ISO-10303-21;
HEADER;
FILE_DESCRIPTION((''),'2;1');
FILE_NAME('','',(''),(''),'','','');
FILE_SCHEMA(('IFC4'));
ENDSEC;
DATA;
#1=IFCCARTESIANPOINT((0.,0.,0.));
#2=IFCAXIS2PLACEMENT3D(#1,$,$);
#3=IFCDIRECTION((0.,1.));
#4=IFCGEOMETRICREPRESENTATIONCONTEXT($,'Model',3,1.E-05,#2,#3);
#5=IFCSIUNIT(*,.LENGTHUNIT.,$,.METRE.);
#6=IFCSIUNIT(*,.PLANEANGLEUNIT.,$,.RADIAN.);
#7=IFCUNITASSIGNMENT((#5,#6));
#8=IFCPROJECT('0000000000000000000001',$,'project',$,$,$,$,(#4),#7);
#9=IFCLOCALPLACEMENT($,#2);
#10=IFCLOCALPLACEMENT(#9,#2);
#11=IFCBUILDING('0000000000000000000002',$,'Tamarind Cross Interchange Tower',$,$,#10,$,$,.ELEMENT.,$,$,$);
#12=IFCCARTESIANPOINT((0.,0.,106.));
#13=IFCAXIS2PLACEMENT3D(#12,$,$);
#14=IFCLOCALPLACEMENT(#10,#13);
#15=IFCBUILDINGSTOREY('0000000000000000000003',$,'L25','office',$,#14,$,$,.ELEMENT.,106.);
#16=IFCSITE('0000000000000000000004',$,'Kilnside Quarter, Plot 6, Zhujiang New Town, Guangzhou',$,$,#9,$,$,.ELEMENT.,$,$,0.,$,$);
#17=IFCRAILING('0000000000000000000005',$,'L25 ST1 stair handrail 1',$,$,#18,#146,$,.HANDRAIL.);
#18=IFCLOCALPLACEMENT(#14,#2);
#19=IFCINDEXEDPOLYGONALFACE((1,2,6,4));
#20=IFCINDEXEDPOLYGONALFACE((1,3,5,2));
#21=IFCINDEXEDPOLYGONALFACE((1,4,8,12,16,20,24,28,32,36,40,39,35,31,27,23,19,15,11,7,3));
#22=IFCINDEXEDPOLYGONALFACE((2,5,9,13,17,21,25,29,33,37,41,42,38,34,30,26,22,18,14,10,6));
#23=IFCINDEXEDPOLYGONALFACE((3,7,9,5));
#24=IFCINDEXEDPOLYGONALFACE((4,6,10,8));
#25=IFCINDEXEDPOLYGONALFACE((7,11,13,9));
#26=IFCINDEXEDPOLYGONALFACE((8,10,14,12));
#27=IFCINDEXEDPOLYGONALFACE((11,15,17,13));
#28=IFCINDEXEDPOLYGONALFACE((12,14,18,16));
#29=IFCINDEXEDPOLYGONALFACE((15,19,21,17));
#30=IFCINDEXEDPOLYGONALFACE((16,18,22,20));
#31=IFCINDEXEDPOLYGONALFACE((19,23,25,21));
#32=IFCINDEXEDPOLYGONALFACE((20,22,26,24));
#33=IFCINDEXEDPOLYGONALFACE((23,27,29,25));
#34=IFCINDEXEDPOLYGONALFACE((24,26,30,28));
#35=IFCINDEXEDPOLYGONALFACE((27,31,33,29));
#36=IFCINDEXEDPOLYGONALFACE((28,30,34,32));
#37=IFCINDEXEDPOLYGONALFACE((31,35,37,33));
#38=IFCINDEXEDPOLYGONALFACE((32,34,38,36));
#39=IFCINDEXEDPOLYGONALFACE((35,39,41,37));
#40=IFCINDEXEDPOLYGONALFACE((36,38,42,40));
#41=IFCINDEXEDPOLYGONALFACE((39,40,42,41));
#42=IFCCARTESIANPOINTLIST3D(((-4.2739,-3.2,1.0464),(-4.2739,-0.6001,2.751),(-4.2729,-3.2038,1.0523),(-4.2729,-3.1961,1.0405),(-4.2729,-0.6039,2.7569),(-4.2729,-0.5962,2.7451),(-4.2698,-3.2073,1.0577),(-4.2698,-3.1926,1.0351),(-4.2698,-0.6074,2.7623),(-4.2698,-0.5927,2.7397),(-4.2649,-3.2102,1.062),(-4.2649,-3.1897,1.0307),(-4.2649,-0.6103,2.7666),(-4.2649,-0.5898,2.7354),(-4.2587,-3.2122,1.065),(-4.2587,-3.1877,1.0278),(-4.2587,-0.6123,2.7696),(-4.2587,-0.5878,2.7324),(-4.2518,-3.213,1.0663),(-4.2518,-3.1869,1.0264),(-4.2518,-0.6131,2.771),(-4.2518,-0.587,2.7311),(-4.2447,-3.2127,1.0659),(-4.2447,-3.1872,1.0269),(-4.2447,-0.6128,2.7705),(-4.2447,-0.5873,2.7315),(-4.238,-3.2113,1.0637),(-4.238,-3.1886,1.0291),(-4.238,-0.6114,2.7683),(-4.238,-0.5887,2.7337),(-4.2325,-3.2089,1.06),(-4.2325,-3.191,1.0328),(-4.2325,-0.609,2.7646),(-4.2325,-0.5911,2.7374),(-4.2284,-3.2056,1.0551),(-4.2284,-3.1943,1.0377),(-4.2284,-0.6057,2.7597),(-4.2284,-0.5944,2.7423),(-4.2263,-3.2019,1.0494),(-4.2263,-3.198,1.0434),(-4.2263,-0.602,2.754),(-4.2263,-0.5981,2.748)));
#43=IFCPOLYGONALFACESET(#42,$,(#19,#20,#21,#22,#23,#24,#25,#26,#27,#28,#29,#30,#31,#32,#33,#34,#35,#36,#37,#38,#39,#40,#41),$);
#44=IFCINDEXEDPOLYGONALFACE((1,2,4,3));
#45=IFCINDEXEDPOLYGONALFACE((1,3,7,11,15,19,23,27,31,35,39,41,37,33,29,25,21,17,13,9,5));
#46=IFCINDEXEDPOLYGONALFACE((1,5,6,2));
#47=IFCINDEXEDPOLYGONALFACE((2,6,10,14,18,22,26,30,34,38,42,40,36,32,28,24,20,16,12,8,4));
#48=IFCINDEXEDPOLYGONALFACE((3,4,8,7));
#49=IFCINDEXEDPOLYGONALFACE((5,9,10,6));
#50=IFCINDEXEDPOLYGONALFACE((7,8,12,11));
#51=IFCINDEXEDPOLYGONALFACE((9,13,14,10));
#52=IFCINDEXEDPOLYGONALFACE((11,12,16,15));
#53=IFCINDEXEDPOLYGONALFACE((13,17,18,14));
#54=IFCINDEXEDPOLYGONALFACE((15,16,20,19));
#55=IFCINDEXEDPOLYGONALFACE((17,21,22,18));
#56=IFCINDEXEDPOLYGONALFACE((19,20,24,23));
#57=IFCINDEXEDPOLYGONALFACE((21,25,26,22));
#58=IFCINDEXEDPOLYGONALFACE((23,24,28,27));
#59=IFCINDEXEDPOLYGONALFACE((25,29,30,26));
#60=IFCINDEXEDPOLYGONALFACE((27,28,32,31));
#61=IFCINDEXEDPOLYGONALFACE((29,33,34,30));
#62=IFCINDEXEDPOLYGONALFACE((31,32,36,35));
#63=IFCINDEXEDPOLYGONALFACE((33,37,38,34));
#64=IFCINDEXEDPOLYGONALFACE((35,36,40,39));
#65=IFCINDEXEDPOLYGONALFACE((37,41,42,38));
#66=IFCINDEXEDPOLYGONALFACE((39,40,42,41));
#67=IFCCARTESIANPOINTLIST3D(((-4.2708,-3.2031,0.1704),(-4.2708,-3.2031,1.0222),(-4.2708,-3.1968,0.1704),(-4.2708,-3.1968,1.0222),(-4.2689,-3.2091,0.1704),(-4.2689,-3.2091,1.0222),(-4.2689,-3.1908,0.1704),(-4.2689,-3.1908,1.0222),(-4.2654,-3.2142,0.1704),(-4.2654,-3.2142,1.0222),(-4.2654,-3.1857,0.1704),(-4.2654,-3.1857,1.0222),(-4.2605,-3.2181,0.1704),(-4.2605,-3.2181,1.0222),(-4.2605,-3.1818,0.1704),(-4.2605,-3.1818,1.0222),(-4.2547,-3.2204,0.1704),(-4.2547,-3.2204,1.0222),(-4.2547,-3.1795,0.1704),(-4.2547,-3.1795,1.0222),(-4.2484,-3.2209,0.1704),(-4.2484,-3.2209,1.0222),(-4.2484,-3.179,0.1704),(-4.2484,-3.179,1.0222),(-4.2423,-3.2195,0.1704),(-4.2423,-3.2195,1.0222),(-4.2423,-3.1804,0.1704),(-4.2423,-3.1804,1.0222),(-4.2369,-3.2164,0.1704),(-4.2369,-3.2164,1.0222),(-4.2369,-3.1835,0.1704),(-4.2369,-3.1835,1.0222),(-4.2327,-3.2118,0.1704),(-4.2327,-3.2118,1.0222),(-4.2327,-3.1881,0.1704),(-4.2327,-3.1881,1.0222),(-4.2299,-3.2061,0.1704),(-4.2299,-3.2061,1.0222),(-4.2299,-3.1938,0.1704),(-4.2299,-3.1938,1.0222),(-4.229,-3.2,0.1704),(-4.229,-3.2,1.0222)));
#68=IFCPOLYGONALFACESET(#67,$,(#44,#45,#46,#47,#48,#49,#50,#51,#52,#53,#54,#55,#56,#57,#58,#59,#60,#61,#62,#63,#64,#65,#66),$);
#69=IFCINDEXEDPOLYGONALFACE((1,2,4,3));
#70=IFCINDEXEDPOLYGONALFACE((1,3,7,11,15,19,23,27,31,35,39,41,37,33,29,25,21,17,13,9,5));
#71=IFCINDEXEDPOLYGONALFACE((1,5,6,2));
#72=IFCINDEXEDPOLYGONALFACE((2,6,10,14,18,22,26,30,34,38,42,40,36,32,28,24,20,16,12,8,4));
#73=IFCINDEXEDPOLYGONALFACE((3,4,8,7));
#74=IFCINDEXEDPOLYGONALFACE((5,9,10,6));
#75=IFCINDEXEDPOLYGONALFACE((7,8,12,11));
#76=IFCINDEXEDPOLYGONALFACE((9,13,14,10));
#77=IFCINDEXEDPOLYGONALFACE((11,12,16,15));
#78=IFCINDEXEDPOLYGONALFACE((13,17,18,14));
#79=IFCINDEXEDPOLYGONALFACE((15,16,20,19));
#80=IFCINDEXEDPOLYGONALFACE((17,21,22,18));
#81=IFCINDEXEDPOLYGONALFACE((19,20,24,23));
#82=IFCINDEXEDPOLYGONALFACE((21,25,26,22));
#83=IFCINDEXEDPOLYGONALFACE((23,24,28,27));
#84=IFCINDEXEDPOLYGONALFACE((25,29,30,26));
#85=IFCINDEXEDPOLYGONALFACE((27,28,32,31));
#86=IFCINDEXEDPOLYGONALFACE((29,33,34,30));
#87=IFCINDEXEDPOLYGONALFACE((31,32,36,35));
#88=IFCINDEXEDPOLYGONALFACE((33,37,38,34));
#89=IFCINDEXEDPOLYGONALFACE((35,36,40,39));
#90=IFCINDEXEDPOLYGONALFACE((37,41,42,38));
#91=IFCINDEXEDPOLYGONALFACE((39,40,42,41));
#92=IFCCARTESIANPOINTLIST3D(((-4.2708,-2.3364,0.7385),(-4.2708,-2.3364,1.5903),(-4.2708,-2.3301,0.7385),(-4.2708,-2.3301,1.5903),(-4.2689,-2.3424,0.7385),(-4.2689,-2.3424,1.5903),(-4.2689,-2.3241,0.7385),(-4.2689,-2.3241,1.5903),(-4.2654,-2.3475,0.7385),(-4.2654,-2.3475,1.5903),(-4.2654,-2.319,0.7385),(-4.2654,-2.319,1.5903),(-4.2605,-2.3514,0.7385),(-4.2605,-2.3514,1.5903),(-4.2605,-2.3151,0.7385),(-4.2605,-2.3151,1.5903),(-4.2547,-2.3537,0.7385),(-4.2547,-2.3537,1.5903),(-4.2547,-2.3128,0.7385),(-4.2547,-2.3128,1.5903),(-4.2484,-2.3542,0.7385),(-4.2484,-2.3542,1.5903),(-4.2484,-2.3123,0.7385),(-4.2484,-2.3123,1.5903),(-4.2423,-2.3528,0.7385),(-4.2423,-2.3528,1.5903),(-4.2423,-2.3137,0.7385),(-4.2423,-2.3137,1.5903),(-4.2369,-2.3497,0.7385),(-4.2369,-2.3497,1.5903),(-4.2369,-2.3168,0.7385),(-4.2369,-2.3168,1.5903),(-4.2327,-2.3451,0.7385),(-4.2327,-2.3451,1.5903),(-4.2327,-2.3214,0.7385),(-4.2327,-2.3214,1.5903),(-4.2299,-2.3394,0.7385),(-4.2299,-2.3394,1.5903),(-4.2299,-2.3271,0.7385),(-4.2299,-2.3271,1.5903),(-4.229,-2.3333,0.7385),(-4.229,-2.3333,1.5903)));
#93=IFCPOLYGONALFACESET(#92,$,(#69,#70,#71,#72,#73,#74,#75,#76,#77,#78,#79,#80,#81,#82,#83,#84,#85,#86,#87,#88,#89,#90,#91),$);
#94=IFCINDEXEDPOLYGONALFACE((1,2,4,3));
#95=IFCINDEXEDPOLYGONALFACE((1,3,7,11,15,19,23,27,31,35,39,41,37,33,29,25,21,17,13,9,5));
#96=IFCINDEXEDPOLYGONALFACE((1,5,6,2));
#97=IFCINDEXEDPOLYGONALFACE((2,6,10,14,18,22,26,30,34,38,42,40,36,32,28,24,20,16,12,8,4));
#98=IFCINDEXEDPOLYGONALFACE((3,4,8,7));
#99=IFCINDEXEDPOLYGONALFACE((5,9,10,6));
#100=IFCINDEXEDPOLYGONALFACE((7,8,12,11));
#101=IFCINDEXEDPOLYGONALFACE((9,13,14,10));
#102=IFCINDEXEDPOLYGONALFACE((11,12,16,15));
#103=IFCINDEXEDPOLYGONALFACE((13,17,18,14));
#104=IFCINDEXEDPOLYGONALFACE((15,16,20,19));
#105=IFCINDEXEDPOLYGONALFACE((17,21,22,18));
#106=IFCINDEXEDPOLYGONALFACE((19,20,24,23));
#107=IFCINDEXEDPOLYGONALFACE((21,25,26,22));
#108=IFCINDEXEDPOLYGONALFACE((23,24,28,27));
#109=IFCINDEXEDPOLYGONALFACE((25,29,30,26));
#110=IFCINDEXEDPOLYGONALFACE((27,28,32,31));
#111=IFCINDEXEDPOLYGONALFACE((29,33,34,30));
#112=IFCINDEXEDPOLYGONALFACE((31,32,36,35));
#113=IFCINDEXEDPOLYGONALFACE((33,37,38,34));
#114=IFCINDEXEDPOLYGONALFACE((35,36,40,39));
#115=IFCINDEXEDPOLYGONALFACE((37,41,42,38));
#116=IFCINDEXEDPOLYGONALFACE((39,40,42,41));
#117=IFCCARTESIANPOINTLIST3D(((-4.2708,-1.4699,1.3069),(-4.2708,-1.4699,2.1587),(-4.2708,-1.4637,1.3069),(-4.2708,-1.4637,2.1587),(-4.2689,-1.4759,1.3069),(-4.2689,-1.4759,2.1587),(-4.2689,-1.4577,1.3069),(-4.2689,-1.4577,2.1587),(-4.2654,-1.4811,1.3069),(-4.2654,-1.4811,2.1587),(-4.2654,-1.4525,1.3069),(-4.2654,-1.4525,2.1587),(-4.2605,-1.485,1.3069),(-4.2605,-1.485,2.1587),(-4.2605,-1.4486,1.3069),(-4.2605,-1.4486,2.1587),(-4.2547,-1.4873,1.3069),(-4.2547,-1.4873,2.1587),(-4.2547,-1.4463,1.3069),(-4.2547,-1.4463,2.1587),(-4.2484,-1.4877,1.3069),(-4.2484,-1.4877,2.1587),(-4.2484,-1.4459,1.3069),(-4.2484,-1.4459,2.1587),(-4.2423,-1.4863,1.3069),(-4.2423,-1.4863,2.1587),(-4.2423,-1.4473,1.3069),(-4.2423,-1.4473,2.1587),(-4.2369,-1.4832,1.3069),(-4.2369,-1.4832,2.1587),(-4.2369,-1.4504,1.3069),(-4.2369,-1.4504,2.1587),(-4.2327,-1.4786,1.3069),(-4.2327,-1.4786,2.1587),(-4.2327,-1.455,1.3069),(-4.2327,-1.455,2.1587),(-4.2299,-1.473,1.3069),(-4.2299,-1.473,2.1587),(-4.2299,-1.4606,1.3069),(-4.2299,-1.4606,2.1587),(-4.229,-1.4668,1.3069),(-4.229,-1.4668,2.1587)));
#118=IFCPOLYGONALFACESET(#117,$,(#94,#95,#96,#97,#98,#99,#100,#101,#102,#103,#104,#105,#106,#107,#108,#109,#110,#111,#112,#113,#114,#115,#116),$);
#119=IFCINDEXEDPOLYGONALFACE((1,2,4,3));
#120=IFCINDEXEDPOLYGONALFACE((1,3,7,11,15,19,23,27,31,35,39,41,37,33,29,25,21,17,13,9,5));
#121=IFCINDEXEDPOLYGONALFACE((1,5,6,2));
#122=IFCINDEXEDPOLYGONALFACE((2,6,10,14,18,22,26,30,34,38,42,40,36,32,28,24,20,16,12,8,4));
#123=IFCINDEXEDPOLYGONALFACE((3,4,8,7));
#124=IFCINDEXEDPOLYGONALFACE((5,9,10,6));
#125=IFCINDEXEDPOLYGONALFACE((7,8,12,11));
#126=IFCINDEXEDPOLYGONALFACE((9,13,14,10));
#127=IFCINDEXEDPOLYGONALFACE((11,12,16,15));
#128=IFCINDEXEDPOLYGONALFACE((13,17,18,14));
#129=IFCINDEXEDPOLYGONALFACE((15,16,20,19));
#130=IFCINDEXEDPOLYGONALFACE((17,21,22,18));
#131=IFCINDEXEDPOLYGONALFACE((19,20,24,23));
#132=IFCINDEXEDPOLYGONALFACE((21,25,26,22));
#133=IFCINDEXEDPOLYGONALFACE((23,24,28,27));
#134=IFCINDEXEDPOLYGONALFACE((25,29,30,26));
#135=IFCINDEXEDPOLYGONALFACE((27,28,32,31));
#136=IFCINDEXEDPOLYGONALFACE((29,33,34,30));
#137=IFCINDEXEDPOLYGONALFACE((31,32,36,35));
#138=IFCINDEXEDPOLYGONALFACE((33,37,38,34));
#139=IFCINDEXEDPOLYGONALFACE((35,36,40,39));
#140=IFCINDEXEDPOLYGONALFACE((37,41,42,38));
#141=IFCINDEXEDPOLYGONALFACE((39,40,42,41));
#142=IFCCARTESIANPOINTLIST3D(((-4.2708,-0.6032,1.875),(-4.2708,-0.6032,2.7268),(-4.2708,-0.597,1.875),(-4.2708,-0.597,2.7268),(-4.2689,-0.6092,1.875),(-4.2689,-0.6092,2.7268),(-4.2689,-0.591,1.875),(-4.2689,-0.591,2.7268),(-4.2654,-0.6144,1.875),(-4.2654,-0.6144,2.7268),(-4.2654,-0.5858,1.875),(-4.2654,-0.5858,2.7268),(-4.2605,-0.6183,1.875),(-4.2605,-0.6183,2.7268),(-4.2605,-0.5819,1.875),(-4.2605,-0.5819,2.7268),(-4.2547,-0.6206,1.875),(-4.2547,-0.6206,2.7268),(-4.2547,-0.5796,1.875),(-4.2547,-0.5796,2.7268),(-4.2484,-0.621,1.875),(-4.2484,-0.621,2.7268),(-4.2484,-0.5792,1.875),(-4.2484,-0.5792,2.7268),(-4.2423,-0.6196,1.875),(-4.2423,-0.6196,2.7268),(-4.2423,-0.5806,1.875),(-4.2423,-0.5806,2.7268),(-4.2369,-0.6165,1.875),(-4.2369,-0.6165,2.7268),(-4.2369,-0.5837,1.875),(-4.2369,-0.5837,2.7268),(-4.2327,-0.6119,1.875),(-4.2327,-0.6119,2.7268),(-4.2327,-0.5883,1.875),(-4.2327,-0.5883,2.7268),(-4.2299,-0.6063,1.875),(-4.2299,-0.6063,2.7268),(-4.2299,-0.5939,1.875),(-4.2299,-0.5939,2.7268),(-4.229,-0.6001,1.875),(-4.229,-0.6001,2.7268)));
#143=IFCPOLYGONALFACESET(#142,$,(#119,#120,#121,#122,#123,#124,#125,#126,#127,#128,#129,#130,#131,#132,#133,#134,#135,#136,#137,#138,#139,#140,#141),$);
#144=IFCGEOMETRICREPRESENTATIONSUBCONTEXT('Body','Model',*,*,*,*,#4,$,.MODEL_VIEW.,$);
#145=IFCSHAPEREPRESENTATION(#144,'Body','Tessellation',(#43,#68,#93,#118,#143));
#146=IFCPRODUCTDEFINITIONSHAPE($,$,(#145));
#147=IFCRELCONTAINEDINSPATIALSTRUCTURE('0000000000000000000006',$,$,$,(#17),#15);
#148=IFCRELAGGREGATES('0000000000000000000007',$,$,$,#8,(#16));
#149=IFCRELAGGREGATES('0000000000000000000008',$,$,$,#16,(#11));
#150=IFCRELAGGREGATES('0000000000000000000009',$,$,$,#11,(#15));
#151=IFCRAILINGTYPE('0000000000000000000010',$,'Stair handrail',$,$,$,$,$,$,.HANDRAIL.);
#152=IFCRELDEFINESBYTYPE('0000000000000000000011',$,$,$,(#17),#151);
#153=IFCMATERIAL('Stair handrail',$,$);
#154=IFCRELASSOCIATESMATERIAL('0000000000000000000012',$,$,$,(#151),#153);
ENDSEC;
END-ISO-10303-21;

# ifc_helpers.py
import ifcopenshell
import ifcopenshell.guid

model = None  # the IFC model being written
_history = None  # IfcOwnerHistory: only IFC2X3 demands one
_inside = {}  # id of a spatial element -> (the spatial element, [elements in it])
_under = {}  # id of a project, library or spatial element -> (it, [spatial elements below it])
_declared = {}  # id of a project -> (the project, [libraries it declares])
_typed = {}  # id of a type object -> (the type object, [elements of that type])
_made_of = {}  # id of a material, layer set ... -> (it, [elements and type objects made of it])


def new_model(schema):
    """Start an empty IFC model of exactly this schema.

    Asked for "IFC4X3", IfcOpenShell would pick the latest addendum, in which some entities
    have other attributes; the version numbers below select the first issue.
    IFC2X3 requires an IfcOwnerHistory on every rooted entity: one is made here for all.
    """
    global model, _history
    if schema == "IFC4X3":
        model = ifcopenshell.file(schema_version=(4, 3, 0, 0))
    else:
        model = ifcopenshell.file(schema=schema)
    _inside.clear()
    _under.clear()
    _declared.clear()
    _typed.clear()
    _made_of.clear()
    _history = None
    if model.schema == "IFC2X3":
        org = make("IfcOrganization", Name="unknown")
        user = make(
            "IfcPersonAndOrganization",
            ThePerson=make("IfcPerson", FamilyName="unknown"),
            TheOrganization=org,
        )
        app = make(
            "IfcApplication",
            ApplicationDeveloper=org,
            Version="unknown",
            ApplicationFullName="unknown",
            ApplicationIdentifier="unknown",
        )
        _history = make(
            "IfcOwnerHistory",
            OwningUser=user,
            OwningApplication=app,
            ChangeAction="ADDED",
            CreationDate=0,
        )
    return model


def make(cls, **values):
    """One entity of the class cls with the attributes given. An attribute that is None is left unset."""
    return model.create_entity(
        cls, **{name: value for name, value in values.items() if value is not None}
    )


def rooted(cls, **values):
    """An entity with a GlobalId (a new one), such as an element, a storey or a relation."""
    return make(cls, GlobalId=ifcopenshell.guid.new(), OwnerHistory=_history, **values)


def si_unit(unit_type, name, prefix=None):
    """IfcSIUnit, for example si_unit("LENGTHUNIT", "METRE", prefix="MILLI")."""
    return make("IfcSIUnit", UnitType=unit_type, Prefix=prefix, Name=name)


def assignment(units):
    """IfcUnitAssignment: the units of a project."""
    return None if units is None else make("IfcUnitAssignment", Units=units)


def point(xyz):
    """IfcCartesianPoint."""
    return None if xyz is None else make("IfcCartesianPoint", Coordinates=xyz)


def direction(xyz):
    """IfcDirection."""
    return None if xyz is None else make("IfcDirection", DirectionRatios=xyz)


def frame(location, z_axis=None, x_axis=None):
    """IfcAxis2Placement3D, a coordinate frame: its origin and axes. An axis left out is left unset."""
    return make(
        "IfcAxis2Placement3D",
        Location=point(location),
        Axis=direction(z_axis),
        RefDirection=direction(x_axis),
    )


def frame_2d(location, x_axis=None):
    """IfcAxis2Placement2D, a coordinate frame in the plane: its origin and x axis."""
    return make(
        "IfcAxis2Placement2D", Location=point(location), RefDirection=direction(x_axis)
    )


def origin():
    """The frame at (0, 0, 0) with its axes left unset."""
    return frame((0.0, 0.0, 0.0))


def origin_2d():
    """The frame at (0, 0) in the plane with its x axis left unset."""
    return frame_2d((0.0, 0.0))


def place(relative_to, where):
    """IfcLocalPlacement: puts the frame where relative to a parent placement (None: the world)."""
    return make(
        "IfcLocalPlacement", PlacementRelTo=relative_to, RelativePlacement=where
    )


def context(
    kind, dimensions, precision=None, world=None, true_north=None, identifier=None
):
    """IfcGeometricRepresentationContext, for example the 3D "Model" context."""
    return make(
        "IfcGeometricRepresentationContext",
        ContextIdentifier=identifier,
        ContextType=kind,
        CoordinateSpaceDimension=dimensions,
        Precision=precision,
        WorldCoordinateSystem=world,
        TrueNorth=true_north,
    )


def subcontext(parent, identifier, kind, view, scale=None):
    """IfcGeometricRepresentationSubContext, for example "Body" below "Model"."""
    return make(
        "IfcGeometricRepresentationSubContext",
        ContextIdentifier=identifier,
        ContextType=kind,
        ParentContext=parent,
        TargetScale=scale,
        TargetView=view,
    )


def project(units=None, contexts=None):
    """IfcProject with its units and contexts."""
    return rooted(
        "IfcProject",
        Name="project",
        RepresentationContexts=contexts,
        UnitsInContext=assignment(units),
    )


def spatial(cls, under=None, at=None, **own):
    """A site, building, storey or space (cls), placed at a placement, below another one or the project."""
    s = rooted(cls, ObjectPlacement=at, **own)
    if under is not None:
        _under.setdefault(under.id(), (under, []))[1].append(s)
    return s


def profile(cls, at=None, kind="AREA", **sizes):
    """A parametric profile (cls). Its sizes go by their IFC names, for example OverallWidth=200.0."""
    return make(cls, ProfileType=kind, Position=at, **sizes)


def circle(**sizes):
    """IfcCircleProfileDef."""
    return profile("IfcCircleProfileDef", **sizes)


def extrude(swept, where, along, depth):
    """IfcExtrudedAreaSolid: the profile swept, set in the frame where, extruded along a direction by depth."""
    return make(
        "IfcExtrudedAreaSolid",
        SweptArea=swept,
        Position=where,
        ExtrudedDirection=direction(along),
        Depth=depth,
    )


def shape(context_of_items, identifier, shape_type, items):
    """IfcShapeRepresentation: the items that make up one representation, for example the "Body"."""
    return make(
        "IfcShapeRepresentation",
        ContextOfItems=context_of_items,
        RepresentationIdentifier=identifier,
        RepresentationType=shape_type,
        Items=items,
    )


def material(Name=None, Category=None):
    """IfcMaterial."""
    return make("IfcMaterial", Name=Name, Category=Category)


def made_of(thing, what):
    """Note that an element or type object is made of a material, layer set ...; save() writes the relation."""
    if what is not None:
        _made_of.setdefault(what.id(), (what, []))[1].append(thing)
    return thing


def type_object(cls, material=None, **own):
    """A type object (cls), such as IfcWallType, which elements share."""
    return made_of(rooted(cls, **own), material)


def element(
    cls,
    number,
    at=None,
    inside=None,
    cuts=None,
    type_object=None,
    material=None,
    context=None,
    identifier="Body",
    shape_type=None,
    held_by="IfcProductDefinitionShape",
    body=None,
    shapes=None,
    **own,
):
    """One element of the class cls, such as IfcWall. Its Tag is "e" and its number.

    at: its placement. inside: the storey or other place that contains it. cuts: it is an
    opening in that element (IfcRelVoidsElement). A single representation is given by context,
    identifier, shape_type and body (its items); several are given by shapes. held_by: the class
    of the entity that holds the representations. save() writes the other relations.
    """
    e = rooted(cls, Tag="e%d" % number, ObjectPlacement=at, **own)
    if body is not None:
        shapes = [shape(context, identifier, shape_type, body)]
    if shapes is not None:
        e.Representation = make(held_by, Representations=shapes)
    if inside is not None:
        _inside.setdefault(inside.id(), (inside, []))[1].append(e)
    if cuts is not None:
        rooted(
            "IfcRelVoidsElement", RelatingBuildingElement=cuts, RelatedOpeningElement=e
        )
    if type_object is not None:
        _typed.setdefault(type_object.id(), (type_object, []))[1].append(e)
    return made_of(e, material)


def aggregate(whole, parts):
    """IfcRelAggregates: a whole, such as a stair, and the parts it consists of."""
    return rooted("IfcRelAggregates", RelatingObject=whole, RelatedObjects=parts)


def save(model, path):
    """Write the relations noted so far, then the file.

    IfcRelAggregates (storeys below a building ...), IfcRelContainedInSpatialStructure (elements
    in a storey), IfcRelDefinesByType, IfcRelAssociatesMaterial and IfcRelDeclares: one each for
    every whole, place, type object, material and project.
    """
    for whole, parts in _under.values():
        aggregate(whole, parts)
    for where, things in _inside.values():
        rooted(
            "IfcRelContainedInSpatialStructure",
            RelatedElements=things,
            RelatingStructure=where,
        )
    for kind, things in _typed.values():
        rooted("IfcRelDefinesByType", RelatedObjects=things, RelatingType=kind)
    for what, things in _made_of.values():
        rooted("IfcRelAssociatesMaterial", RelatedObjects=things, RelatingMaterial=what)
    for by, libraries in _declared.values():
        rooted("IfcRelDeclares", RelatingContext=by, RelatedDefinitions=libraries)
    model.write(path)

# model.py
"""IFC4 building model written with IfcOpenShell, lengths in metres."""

from ifc_helpers import new_model, si_unit, direction, frame, origin, origin_2d, place, context, subcontext, project, spatial, circle, extrude, material, type_object, element, save


model = new_model("IFC4")

# Units and contexts
model_context = context("Model", 3, precision=1e-05, world=origin(), true_north=direction((0.0, 1.0)))
body_context = subcontext(model_context, "Body", "Model", "MODEL_VIEW")
ifc_project = project(units=[si_unit("LENGTHUNIT", "METRE"), si_unit("PLANEANGLEUNIT", "RADIAN")], contexts=[model_context])

# Site, building, storey
site_placement = place(None, origin())
site = spatial("IfcSite", under=ifc_project, at=site_placement, Name="Kilnside Quarter, Plot 6, Zhujiang New Town, Guangzhou", CompositionType="ELEMENT", RefElevation=0.0)
building_placement = place(site_placement, origin())
building = spatial("IfcBuilding", under=site, at=building_placement, Name="Tamarind Cross Interchange Tower", CompositionType="ELEMENT")
storey_placement = place(building_placement, frame((0.0, 0.0, 106.0)))
storey = spatial("IfcBuildingStorey", under=building, at=storey_placement, Name="L25", Description="office", CompositionType="ELEMENT", Elevation=106.0)

# Railing
ifc_material_1 = material(Name="Stair handrail")
railing_type_1 = type_object("IfcRailingType", Name="Stair handrail", PredefinedType="HANDRAIL", material=ifc_material_1)
railing_1_placement = place(storey_placement, frame((-4.25, -3.2, 0.1704)))
element("IfcRailing", 1, at=railing_1_placement, inside=storey, type_object=railing_type_1, Name="L25 ST1 stair handrail 1", PredefinedType="HANDRAIL", context=body_context, shape_type="SweptSolid", body=[
    extrude(circle(Radius=0.0239, at=origin_2d()), frame((0.0, 0.0, 0.876), z_axis=(0.0, 0.836279, 0.548305), x_axis=(-1.0, 0.0, 0.0)), (0.0, 0.0, 1.0), 3.1089),
    extrude(circle(Radius=0.021, at=origin_2d()), origin(), (0.0, 0.0, 1.0), 0.8518),
    extrude(circle(Radius=0.021, at=origin_2d()), frame((0.0, 0.8667, 0.5681)), (0.0, 0.0, 1.0), 0.8518),
    extrude(circle(Radius=0.021, at=origin_2d()), frame((0.0, 1.7332, 1.1365)), (0.0, 0.0, 1.0), 0.8518),
    extrude(circle(Radius=0.021, at=origin_2d()), frame((0.0, 2.5999, 1.7046)), (0.0, 0.0, 1.0), 0.8518),
])

save(model, "model.ifc")
